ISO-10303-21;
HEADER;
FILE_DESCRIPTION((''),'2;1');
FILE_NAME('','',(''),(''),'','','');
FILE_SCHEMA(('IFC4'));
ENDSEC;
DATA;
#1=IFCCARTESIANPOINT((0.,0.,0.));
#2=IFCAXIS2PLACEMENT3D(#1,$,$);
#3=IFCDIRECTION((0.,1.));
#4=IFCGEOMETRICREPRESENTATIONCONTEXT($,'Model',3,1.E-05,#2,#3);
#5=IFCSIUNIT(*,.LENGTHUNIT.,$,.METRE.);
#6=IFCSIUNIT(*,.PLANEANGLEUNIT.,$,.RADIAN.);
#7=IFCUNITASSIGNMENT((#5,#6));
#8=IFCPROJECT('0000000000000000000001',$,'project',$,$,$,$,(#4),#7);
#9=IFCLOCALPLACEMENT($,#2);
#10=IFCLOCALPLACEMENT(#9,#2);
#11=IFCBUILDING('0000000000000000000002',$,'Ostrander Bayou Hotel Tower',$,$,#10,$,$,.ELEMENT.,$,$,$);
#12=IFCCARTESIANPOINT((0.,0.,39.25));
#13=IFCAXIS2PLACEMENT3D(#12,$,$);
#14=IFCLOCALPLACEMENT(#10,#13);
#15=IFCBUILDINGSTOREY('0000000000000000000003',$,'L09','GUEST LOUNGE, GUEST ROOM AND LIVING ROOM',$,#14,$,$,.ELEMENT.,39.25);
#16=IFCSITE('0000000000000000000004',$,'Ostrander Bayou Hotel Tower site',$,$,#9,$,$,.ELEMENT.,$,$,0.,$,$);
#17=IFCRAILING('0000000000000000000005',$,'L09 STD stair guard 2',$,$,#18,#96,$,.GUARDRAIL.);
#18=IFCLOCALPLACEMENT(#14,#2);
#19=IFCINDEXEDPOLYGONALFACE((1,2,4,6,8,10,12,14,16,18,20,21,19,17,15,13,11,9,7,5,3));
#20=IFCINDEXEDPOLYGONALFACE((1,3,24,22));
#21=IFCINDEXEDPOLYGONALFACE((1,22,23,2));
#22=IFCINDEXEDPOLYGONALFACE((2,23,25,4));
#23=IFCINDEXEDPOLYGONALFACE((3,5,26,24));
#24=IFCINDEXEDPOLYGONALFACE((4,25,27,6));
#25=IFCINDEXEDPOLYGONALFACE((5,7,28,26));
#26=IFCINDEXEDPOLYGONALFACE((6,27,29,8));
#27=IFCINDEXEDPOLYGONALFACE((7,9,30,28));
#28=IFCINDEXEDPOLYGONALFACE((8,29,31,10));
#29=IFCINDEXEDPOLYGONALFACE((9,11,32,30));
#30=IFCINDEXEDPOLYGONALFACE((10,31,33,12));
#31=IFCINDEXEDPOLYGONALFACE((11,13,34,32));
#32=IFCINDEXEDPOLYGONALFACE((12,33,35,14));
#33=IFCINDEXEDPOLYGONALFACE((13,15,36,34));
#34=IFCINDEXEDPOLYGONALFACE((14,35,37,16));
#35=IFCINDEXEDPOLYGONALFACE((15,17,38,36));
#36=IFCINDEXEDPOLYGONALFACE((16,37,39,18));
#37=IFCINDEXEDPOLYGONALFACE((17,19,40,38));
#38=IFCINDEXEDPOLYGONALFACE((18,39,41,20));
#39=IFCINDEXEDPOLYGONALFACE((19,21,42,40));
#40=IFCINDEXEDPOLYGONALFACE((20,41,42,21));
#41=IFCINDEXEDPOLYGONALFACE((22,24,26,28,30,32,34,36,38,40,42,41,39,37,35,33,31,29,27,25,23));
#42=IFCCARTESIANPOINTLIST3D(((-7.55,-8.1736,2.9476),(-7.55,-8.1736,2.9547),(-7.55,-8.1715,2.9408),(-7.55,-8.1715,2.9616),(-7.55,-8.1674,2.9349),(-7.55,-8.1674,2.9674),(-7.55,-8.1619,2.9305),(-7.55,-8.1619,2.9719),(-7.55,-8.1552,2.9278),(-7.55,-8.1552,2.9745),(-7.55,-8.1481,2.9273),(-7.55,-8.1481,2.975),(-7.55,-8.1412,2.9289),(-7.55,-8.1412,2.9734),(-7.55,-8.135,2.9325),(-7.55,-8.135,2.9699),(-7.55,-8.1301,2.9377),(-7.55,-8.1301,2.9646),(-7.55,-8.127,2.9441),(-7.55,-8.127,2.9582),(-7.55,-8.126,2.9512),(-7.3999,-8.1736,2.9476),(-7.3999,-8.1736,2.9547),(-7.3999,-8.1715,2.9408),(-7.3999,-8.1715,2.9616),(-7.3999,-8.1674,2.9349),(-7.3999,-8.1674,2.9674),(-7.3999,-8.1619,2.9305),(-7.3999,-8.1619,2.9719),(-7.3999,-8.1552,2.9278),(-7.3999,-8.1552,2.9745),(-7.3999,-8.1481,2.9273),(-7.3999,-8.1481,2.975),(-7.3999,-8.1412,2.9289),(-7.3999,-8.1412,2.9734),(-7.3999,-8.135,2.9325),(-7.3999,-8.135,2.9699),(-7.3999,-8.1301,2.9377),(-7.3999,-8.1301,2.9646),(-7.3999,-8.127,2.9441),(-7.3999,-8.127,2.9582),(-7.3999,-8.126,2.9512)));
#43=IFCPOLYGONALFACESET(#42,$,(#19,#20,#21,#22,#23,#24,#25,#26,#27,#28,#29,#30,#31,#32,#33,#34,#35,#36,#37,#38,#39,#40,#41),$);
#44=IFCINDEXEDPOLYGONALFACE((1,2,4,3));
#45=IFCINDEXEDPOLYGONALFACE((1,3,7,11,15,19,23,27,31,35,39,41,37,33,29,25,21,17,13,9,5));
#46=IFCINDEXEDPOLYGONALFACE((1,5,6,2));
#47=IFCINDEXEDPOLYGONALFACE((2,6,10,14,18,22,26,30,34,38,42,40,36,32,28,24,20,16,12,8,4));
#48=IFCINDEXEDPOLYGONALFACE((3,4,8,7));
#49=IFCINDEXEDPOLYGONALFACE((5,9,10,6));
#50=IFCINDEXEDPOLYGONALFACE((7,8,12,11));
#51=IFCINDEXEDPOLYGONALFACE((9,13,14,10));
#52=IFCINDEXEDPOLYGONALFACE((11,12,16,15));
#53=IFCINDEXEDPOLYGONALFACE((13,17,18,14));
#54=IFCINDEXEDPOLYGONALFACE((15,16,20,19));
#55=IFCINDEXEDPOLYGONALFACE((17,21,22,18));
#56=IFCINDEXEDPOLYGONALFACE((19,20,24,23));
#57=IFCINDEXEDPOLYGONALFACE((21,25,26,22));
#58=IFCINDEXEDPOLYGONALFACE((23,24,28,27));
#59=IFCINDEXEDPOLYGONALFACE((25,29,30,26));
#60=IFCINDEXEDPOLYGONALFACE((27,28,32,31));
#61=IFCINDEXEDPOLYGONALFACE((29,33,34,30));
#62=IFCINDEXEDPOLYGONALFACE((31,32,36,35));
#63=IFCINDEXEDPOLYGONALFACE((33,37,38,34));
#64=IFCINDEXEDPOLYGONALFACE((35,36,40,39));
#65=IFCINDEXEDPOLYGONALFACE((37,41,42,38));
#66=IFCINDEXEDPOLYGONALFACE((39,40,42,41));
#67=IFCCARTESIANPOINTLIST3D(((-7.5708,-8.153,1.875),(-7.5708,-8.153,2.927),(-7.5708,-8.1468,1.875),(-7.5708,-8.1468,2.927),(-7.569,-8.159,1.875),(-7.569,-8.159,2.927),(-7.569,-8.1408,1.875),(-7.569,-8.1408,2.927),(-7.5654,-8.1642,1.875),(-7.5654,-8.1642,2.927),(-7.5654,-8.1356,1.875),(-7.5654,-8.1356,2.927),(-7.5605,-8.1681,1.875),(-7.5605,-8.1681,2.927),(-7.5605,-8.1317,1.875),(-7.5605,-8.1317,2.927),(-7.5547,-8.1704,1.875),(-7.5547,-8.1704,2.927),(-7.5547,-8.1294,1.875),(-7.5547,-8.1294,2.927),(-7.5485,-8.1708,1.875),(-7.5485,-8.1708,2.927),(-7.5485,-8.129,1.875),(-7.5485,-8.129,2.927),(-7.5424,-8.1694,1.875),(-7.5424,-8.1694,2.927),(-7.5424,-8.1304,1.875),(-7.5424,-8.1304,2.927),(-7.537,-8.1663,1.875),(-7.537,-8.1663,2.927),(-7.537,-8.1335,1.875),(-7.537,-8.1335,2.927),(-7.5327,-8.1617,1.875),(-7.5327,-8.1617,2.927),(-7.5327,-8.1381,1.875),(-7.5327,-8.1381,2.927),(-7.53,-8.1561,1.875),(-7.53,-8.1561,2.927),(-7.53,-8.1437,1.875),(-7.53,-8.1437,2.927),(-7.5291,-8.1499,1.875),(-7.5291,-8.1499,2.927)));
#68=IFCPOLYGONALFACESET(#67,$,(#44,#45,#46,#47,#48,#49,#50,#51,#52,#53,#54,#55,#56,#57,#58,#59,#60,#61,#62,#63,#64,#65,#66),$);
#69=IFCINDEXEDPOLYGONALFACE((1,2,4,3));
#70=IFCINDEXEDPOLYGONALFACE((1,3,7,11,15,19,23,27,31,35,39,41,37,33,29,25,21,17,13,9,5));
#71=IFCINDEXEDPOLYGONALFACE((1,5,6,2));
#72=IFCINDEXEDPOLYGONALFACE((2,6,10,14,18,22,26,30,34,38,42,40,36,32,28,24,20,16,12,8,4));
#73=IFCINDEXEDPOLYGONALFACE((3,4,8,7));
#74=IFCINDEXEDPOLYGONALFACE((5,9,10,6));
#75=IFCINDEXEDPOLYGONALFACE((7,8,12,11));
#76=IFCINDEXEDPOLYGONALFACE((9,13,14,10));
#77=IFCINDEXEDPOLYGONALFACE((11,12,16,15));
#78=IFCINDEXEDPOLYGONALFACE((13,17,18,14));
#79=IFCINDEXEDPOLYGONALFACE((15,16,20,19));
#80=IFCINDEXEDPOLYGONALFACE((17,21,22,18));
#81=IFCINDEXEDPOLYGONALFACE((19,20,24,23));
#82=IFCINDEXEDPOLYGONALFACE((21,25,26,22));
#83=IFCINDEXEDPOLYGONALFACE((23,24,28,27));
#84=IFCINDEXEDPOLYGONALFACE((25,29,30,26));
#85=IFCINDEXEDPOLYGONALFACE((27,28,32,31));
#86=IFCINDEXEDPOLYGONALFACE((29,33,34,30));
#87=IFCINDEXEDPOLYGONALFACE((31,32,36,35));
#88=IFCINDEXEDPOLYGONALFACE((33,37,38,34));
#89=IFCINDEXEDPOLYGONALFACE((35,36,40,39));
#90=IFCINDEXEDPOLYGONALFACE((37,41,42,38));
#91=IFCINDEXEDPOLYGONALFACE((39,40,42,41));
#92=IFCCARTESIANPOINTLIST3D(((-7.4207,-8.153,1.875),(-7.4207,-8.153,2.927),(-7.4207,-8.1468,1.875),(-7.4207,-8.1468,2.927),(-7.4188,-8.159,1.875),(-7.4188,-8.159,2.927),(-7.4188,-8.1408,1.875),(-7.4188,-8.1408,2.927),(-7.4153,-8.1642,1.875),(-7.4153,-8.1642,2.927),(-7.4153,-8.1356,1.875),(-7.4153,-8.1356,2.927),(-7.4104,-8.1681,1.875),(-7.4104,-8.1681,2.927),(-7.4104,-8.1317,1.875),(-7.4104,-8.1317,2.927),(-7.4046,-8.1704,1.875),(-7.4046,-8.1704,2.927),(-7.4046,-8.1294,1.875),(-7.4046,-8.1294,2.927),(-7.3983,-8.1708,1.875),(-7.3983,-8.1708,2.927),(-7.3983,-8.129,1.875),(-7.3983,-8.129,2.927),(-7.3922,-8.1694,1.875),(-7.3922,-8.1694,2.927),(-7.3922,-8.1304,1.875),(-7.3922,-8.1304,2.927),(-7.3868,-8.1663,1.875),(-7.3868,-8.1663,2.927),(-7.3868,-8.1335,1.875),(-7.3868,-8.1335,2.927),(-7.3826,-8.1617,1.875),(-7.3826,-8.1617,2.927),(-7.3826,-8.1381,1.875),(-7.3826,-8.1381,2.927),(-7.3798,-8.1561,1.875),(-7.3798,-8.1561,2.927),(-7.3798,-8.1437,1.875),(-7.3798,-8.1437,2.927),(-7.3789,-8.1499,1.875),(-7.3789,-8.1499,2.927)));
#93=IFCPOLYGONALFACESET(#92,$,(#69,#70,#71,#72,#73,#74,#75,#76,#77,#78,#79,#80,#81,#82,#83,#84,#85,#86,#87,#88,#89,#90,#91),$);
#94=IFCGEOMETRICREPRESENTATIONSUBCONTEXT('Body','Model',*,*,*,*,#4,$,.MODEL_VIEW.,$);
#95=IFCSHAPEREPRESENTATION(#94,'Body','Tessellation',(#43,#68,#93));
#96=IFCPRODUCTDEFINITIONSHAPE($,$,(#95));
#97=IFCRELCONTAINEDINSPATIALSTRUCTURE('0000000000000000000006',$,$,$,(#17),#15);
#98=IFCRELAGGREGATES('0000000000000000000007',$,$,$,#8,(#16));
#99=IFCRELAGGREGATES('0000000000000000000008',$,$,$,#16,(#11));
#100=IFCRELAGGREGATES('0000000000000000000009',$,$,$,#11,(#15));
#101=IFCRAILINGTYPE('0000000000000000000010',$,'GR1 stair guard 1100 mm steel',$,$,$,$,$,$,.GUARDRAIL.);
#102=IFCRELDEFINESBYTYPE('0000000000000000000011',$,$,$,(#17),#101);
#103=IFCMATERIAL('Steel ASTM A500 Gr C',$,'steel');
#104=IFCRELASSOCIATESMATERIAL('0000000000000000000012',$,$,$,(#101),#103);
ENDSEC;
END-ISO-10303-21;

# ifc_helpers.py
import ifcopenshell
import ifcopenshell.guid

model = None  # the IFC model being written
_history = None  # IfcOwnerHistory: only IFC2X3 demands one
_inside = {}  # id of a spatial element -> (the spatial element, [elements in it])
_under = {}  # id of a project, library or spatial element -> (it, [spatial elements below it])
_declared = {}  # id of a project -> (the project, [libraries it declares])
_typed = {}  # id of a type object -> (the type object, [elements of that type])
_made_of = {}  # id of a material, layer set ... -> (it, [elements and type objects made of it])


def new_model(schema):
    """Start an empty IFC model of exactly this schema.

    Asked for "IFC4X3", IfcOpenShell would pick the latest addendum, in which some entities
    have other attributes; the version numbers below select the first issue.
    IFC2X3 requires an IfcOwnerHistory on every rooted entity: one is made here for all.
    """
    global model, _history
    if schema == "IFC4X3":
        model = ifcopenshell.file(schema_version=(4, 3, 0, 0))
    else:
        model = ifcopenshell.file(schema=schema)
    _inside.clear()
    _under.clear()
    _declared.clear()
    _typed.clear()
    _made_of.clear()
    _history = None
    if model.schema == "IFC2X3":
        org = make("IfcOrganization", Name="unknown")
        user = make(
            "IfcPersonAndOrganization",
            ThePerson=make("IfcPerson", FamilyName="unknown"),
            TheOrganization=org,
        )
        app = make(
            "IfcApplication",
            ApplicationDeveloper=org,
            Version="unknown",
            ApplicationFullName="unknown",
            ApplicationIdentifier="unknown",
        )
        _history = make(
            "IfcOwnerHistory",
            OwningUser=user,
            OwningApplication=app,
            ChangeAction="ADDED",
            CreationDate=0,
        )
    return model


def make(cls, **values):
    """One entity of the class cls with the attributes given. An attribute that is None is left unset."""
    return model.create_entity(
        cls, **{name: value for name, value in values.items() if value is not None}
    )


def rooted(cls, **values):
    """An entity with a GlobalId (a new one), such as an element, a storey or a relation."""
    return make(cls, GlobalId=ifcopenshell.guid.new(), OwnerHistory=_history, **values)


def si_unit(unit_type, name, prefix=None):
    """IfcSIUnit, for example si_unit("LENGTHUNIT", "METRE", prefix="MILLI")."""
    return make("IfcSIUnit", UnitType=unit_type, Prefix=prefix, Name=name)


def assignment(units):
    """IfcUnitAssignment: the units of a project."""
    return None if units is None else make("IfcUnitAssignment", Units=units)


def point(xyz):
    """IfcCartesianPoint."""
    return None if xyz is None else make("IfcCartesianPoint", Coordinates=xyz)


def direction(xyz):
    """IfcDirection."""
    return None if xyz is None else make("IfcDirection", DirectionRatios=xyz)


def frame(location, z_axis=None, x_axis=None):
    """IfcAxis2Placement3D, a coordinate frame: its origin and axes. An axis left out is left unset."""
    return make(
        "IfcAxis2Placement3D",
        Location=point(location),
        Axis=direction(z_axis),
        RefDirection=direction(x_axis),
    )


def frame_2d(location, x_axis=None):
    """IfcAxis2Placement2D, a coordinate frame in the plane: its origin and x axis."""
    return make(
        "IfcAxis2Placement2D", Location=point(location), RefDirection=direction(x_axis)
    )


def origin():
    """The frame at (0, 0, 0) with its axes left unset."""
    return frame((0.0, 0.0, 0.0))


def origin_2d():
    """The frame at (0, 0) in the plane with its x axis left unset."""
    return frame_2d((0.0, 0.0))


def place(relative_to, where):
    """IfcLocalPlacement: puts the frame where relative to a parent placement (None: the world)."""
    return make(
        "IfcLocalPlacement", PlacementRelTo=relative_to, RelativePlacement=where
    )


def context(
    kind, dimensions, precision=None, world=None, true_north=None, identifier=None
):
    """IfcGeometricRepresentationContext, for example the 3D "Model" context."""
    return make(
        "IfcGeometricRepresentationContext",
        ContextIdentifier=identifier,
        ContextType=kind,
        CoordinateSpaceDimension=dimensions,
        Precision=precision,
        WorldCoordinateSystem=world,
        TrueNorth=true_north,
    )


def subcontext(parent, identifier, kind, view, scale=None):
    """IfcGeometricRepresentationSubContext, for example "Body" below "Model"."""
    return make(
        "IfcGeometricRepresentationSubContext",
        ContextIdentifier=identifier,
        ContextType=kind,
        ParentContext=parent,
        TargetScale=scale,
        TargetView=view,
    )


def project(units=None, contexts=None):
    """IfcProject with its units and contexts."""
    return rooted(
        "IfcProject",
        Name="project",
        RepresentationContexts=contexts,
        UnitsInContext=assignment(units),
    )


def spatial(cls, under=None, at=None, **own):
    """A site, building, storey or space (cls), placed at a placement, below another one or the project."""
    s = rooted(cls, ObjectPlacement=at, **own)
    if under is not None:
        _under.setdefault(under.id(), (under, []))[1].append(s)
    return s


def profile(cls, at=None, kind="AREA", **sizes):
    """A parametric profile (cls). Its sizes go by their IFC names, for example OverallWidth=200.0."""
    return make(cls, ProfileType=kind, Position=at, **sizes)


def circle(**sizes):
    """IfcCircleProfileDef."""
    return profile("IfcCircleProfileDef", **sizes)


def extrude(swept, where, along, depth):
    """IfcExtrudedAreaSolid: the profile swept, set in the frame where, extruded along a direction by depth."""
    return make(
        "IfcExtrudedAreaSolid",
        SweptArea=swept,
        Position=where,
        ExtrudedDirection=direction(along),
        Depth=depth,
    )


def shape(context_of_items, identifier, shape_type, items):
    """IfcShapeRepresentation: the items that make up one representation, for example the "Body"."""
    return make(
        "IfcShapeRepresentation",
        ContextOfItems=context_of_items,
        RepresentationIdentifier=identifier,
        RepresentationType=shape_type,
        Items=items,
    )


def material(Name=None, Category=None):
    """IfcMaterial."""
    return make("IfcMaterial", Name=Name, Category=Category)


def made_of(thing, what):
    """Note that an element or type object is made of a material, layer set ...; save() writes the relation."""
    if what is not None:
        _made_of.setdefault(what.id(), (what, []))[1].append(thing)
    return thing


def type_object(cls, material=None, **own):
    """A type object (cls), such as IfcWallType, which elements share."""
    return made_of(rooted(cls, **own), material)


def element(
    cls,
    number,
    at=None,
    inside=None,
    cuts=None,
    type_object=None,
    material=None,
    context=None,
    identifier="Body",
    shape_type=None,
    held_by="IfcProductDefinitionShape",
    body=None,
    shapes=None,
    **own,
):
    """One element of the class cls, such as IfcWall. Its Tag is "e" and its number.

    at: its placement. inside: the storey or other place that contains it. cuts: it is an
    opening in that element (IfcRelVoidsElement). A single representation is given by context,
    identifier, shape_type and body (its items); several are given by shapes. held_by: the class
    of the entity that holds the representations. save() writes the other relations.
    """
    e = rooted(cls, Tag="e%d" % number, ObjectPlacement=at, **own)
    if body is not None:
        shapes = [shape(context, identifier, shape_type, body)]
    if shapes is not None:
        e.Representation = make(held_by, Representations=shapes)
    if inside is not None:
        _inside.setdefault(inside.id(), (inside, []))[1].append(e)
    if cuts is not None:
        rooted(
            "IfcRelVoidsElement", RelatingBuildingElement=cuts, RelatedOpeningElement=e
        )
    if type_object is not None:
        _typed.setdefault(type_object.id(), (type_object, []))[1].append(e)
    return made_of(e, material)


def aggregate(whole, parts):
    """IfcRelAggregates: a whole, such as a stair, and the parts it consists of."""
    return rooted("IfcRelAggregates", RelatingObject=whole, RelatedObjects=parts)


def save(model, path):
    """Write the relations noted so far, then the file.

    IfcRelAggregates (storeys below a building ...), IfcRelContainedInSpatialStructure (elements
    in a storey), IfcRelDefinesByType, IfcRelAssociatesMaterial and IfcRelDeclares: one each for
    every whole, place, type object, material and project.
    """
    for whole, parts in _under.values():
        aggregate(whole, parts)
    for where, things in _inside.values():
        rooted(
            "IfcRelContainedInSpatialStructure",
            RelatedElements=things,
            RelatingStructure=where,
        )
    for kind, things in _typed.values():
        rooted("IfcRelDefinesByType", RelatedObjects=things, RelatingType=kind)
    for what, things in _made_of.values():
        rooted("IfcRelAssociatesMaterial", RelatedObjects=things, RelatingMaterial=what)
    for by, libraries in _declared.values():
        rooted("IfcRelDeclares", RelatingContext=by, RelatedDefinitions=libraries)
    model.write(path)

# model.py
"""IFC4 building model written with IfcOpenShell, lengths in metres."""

from ifc_helpers import new_model, si_unit, direction, frame, origin, origin_2d, place, context, subcontext, project, spatial, circle, extrude, material, type_object, element, save


model = new_model("IFC4")

# Units and contexts
model_context = context("Model", 3, precision=1e-05, world=origin(), true_north=direction((0.0, 1.0)))
body_context = subcontext(model_context, "Body", "Model", "MODEL_VIEW")
ifc_project = project(units=[si_unit("LENGTHUNIT", "METRE"), si_unit("PLANEANGLEUNIT", "RADIAN")], contexts=[model_context])

# Site, building, storey
site_placement = place(None, origin())
site = spatial("IfcSite", under=ifc_project, at=site_placement, Name="Ostrander Bayou Hotel Tower site", CompositionType="ELEMENT", RefElevation=0.0)
building_placement = place(site_placement, origin())
building = spatial("IfcBuilding", under=site, at=building_placement, Name="Ostrander Bayou Hotel Tower", CompositionType="ELEMENT")
storey_placement = place(building_placement, frame((0.0, 0.0, 39.25)))
storey = spatial("IfcBuildingStorey", under=building, at=storey_placement, Name="L09", Description="GUEST LOUNGE, GUEST ROOM AND LIVING ROOM", CompositionType="ELEMENT", Elevation=39.25)

# Railing
ifc_material_1 = material(Name="Steel ASTM A500 Gr C", Category="steel")
railing_type_1 = type_object("IfcRailingType", Name="GR1 stair guard 1100 mm steel", PredefinedType="GUARDRAIL", material=ifc_material_1)
railing_1_placement = place(storey_placement, frame((-7.55, -8.1499, 1.875)))
element("IfcRailing", 1, at=railing_1_placement, inside=storey, type_object=railing_type_1, Name="L09 STD stair guard 2", PredefinedType="GUARDRAIL", context=body_context, shape_type="SweptSolid", body=[
    extrude(circle(Radius=0.0239, at=origin_2d()), frame((0.0, 0.0, 1.0762), z_axis=(1.0, 0.0, 0.0), x_axis=(0.0, 1.0, 0.0)), (0.0, 0.0, 1.0), 0.1501),
    extrude(circle(Radius=0.021, at=origin_2d()), origin(), (0.0, 0.0, 1.0), 1.052),
    extrude(circle(Radius=0.021, at=origin_2d()), frame((0.1501, 0.0, 0.0)), (0.0, 0.0, 1.0), 1.052),
])

save(model, "model.ifc")
